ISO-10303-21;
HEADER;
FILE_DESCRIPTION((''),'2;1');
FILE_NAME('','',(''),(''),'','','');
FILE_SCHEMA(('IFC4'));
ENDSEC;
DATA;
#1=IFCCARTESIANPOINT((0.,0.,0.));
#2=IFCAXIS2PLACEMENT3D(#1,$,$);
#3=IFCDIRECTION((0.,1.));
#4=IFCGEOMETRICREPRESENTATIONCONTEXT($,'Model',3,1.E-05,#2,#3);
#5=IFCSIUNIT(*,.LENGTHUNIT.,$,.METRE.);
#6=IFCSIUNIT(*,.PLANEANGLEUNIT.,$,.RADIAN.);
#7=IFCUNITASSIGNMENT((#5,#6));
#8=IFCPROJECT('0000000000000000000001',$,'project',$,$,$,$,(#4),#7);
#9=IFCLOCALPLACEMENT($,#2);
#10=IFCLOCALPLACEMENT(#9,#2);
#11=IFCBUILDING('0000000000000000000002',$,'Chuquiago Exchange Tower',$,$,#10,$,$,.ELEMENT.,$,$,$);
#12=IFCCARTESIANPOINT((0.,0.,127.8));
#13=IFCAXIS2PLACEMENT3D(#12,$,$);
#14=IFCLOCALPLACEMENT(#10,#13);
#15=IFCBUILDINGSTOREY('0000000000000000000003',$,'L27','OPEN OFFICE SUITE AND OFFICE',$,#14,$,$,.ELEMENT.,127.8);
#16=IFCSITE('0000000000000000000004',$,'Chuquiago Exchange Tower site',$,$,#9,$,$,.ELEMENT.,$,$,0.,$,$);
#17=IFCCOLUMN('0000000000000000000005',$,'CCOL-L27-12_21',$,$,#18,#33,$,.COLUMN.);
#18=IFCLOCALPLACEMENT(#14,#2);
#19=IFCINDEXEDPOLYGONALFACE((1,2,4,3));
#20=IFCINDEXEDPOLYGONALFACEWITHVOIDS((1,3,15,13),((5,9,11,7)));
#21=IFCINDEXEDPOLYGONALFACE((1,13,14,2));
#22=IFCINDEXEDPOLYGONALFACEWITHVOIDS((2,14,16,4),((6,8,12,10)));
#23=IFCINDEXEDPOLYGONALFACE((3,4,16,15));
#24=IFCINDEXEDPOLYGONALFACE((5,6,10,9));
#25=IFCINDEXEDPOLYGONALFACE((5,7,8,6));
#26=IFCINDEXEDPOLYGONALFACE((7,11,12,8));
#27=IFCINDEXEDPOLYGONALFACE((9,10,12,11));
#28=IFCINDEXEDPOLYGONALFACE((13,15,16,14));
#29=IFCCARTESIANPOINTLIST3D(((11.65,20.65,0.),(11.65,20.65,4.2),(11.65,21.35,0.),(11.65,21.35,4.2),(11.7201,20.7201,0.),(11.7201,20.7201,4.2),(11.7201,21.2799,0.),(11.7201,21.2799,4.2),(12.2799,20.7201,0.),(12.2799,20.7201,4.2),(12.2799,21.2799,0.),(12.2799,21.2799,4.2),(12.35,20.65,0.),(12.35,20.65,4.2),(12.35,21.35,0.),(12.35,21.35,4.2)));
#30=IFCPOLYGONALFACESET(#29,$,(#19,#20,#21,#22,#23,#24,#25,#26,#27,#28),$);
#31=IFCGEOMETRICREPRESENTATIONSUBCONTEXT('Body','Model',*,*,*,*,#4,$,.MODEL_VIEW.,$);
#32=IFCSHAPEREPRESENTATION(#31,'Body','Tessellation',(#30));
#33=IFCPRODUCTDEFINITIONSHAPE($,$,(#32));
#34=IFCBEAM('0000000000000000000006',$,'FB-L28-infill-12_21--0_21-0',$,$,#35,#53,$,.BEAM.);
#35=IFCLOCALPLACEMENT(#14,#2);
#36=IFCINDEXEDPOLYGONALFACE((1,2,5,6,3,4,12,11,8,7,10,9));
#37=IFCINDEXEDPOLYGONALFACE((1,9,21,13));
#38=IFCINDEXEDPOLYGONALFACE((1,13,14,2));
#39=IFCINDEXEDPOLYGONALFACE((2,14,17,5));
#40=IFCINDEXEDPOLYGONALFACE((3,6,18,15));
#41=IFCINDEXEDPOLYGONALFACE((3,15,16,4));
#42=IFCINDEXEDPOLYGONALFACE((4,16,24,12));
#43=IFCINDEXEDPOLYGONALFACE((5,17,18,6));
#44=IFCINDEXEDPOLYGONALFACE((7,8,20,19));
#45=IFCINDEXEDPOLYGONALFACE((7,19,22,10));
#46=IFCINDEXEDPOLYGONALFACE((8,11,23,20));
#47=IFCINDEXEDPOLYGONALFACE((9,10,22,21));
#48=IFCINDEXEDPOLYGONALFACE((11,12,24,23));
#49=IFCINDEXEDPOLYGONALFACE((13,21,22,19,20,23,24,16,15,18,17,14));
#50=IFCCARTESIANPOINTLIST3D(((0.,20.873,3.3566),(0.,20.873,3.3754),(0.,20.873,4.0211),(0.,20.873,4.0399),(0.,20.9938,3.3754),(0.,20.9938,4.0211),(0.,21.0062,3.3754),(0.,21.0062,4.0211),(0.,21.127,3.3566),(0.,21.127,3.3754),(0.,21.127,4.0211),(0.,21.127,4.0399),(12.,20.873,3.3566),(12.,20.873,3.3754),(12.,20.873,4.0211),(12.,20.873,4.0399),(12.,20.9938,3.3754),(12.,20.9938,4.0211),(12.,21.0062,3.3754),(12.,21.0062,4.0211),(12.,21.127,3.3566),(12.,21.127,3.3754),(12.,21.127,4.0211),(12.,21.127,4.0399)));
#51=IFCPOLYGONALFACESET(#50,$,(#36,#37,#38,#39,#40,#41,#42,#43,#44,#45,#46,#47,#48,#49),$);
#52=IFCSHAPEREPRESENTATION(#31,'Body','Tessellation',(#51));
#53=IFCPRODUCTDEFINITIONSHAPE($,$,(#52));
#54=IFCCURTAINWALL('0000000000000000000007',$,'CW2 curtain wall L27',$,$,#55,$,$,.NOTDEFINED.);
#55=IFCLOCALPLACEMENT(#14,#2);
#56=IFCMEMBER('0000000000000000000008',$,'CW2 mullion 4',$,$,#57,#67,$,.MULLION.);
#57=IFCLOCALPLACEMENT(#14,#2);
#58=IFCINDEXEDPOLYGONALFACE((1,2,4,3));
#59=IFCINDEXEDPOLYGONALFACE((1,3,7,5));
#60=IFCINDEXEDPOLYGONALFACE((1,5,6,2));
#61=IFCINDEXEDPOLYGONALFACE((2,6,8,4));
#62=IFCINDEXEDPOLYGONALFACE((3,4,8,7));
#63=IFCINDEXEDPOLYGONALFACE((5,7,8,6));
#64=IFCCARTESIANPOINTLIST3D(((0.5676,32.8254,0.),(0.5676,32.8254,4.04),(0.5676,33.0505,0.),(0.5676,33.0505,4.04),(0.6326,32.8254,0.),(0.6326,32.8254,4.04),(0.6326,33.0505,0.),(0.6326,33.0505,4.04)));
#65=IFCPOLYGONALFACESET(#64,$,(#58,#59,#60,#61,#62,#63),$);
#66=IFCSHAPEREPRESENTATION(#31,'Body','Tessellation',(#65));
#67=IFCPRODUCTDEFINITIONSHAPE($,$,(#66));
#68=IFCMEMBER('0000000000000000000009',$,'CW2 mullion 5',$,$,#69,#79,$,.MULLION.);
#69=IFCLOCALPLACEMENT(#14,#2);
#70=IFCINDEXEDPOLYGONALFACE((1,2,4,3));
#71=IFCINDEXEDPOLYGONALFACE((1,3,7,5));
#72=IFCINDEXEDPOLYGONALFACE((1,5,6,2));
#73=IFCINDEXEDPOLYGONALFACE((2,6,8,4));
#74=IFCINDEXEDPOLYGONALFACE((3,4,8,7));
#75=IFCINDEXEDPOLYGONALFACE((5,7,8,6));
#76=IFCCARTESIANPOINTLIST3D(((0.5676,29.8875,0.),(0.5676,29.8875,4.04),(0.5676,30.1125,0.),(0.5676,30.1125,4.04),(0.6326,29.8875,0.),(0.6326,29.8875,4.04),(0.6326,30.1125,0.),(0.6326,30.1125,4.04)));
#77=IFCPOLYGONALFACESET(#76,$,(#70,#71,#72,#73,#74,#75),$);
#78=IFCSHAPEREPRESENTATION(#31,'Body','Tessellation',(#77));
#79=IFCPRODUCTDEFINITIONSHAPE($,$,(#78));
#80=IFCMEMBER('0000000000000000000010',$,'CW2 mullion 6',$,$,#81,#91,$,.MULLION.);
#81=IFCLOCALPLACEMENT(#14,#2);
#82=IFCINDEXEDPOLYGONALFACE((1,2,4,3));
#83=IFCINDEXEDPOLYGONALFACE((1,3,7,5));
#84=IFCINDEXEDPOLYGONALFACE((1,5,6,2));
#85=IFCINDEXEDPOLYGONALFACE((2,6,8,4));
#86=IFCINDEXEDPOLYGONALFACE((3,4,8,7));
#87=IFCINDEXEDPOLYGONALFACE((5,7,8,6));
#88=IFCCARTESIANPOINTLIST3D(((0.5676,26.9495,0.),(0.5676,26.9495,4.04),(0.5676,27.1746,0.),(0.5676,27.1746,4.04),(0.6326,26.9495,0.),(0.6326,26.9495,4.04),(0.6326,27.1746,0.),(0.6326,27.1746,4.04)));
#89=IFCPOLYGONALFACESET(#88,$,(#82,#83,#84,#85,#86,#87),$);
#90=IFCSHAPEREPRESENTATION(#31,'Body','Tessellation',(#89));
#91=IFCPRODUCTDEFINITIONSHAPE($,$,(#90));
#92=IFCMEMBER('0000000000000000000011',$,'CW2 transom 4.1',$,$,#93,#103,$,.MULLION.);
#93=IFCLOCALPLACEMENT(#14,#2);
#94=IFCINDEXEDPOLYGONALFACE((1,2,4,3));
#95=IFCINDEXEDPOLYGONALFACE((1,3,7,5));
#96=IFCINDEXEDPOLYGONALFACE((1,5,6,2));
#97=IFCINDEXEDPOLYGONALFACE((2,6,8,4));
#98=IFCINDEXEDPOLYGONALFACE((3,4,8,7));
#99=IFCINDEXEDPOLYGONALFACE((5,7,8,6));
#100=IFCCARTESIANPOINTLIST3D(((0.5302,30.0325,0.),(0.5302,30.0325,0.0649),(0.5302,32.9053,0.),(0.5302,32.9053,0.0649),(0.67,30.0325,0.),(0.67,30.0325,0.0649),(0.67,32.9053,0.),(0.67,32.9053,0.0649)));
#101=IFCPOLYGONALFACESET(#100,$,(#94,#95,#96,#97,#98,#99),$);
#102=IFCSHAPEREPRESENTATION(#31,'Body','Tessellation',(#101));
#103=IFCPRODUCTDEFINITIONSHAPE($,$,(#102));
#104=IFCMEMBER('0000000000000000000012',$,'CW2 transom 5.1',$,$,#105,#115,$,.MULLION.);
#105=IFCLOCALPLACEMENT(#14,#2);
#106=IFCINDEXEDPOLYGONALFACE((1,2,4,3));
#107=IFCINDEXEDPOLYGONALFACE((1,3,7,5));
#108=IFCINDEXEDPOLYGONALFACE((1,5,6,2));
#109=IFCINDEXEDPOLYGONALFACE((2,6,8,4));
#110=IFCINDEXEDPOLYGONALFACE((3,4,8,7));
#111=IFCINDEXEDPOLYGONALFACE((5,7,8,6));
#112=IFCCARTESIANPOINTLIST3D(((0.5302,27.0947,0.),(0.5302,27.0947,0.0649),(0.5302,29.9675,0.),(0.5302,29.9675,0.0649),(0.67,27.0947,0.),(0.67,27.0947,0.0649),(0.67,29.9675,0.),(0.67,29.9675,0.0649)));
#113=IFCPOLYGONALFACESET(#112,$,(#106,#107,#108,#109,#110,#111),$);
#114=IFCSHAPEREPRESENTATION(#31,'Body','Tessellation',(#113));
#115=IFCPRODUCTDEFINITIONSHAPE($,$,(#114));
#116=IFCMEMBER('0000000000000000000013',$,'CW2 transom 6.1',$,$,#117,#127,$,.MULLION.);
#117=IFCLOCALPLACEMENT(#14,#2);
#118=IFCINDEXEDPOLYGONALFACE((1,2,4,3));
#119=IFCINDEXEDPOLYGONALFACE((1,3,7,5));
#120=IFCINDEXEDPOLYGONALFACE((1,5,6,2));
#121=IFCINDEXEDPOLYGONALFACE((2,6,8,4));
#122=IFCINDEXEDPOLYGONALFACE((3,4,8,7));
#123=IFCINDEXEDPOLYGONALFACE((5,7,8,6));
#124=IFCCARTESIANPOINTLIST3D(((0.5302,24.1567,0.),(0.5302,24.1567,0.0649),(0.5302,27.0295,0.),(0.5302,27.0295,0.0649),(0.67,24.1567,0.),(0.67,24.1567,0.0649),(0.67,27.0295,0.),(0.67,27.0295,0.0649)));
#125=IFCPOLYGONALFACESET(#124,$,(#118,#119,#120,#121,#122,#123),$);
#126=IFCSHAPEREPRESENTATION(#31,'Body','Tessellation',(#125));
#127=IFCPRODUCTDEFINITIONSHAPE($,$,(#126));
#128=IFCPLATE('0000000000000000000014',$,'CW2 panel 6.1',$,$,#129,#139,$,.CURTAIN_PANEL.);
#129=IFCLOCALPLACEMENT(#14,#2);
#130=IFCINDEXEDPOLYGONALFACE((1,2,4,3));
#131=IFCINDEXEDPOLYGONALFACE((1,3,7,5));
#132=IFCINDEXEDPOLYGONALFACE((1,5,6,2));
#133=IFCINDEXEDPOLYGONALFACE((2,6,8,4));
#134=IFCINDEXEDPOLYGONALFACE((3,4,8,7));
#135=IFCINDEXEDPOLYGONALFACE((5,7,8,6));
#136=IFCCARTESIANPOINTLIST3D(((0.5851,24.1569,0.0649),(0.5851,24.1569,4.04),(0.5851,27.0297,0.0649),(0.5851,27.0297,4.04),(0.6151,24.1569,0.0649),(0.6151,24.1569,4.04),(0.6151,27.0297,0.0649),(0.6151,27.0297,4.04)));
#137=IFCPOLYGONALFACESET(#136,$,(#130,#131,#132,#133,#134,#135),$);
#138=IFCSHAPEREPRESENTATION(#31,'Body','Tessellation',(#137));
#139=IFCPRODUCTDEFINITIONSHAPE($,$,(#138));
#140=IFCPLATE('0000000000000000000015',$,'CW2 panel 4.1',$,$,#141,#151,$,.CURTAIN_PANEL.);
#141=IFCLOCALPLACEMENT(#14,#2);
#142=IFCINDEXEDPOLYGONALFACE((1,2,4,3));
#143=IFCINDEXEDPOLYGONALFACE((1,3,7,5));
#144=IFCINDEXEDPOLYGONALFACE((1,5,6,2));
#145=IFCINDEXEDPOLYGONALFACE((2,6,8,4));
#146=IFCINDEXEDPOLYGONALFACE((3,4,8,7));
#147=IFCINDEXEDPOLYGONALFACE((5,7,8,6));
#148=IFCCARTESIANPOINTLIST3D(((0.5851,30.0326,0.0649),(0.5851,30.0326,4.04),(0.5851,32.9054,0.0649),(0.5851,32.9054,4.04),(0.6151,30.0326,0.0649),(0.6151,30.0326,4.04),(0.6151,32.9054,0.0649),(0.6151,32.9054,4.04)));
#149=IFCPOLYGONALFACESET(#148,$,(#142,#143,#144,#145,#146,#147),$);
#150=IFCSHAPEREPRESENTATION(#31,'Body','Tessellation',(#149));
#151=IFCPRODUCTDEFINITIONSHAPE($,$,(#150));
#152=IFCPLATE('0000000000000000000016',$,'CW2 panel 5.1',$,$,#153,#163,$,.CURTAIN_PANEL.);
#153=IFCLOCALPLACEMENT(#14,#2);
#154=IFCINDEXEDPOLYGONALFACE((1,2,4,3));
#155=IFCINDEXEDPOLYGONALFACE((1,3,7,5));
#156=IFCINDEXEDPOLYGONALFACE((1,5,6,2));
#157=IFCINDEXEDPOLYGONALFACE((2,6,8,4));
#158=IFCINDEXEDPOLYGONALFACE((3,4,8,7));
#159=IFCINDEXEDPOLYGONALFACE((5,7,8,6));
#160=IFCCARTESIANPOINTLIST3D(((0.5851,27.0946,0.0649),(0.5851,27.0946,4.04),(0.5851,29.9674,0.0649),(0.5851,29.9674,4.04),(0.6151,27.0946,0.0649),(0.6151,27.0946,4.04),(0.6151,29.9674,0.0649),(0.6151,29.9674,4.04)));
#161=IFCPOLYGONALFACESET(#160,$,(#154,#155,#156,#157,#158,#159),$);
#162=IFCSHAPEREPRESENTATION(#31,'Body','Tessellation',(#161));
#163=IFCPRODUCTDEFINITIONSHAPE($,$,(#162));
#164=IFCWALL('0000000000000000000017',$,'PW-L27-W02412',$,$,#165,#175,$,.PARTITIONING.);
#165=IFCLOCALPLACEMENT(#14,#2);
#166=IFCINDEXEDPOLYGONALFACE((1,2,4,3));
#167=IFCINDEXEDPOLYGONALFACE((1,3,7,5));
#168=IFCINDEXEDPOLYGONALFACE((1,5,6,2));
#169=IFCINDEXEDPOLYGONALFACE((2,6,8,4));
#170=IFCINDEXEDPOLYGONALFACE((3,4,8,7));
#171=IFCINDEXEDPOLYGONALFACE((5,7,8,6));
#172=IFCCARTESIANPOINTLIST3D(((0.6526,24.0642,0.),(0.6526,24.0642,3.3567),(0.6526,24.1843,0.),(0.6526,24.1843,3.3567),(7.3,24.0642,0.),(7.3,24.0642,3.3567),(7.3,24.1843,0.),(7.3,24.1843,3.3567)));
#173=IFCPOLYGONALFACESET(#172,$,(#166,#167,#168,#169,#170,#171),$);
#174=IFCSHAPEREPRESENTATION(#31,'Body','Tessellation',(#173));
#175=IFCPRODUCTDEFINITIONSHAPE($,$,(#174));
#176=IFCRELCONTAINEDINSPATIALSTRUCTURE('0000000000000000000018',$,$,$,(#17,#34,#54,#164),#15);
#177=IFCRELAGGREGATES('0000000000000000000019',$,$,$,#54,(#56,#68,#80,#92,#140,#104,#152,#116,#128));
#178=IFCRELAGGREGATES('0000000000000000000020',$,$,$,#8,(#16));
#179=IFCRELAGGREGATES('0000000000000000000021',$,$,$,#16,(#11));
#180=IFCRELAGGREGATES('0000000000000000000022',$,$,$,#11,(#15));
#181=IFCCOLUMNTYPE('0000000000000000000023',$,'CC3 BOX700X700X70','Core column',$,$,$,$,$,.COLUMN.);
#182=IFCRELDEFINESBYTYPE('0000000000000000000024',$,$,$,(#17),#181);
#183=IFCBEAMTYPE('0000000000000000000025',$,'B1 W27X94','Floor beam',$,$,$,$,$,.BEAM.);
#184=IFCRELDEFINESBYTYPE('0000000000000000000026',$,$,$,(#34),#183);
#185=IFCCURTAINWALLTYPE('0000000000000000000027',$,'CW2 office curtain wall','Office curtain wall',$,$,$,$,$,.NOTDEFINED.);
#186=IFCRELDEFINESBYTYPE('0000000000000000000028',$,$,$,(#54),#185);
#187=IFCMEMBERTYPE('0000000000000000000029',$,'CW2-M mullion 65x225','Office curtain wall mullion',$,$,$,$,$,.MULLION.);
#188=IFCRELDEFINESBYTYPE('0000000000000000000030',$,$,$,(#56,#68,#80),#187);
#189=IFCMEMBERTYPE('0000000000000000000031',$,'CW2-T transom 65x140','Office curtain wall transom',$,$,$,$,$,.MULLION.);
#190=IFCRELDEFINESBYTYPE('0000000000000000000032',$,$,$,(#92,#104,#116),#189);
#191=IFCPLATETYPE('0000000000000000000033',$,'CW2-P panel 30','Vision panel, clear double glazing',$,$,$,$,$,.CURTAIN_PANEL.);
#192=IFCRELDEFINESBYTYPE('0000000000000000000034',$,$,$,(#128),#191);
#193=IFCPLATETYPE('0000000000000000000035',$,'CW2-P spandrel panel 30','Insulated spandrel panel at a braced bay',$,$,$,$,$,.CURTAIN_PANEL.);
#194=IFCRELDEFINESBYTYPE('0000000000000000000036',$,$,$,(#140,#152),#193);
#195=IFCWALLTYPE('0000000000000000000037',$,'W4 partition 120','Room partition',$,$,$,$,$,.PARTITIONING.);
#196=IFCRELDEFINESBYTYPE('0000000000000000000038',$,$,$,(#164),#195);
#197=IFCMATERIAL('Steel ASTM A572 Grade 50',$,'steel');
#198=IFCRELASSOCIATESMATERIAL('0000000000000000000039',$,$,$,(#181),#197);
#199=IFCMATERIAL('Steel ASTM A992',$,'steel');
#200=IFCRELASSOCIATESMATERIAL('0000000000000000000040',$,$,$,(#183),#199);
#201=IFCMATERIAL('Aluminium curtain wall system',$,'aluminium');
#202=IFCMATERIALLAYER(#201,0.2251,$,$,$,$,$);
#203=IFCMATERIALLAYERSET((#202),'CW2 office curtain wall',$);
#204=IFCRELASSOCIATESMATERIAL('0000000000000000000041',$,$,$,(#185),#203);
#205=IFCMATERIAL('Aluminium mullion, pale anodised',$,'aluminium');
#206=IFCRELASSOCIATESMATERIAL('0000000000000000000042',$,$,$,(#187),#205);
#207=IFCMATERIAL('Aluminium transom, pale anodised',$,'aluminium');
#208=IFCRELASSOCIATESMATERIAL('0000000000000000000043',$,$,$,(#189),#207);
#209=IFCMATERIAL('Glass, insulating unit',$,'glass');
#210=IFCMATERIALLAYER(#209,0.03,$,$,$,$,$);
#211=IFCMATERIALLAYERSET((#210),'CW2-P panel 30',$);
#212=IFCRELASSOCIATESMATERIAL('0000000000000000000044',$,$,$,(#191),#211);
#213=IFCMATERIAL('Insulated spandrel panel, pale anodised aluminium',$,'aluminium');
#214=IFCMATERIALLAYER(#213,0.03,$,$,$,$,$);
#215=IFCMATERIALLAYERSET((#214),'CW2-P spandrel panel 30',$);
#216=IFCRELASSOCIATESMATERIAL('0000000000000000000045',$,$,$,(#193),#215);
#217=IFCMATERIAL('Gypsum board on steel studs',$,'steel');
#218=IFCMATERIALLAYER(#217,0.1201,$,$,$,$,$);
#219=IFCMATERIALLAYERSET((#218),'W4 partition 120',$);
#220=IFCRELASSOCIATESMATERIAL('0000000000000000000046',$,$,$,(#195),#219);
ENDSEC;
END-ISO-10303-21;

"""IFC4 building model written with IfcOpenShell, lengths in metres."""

from ifc_helpers import new_model, si_unit, direction, frame, frame_2d, origin, origin_2d, place, context, subcontext, project, spatial, rectangle, hollow_rectangle, i_section, extrude, material, layer, layer_set, material_profile, profile_set, type_object, element, aggregate, save


model = new_model("IFC4")

# Units and contexts
model_context = context("Model", 3, precision=1e-05, world=origin(), true_north=direction((0.0, 1.0)))
body_context = subcontext(model_context, "Body", "Model", "MODEL_VIEW")
ifc_project = project(units=[si_unit("LENGTHUNIT", "METRE"), si_unit("PLANEANGLEUNIT", "RADIAN")], contexts=[model_context])

# Site, building, storey
site_placement = place(None, origin())
site = spatial("IfcSite", under=ifc_project, at=site_placement, Name="Chuquiago Exchange Tower site", CompositionType="ELEMENT", RefElevation=0.0)
building_placement = place(site_placement, origin())
building = spatial("IfcBuilding", under=site, at=building_placement, Name="Chuquiago Exchange Tower", CompositionType="ELEMENT")
storey_placement = place(building_placement, frame((0.0, 0.0, 127.8)))
storey = spatial("IfcBuildingStorey", under=building, at=storey_placement, Name="L27", Description="OPEN OFFICE SUITE AND OFFICE", CompositionType="ELEMENT", Elevation=127.8)

# Column
ifc_material_1 = material(Name="Steel ASTM A572 Grade 50", Category="steel")
ifc_material_profile_1 = material_profile(ifc_material_1, hollow_rectangle(XDim=0.7, YDim=0.7, WallThickness=0.0701, at=origin_2d()), Name="BOX700X700X70")
ifc_profile_set_1 = profile_set([ifc_material_profile_1], Name="Steel ASTM A572 Grade 50")
column_type = type_object("IfcColumnType", Name="CC3 BOX700X700X70", Description="Core column", PredefinedType="COLUMN", material=ifc_profile_set_1)
column_placement = place(storey_placement, frame((12.0, 21.0, 0.0), z_axis=(0.0, 0.0, 1.0), x_axis=(1.0, 0.0, 0.0)))
element("IfcColumn", 1, at=column_placement, inside=storey, type_object=column_type, Name="CCOL-L27-12_21", PredefinedType="COLUMN", context=body_context, shape_type="SweptSolid", body=[
    extrude(hollow_rectangle(XDim=0.7, YDim=0.7, WallThickness=0.0701, at=origin_2d()), origin(), (0.0, 0.0, 1.0), 4.2),
])

# Beam
ifc_material_2 = material(Name="Steel ASTM A992", Category="steel")
ifc_material_profile_2 = material_profile(ifc_material_2, i_section(OverallWidth=0.2539, OverallDepth=0.6833, WebThickness=0.0125, FlangeThickness=0.0188, at=origin_2d()), Name="W27X94")
ifc_profile_set_2 = profile_set([ifc_material_profile_2], Name="Steel ASTM A992")
beam_type = type_object("IfcBeamType", Name="B1 W27X94", Description="Floor beam", PredefinedType="BEAM", material=ifc_profile_set_2)
beam_placement = place(storey_placement, frame((12.0, 21.0, 3.6982), z_axis=(-1.0, 0.0, 0.0), x_axis=(0.0, -1.0, 0.0)))
element("IfcBeam", 2, at=beam_placement, inside=storey, type_object=beam_type, Name="FB-L28-infill-12_21--0_21-0", PredefinedType="BEAM", context=body_context, shape_type="SweptSolid", body=[
    extrude(i_section(OverallWidth=0.2539, OverallDepth=0.6833, WebThickness=0.0125, FlangeThickness=0.0188, at=origin_2d()), origin(), (0.0, 0.0, 1.0), 12.0),
])

# Curtain wall, members, plates
ifc_material_3 = material(Name="Aluminium curtain wall system", Category="aluminium")
ifc_layer_1 = layer(ifc_material_3, 0.2251)
ifc_layer_set_1 = layer_set([ifc_layer_1], Name="CW2 office curtain wall")
curtain_wall_type = type_object("IfcCurtainWallType", Name="CW2 office curtain wall", Description="Office curtain wall", PredefinedType="NOTDEFINED", material=ifc_layer_set_1)
curtain_wall_placement = place(storey_placement, origin())
curtain_wall = element("IfcCurtainWall", 3, at=curtain_wall_placement, inside=storey, type_object=curtain_wall_type, Name="CW2 curtain wall L27", PredefinedType="NOTDEFINED")
ifc_material_4 = material(Name="Aluminium mullion, pale anodised", Category="aluminium")
ifc_material_profile_3 = material_profile(ifc_material_4, rectangle(XDim=0.0649, YDim=0.2251, at=origin_2d()), Name="AL 65x225")
ifc_profile_set_3 = profile_set([ifc_material_profile_3], Name="Aluminium mullion, pale anodised")
member_type_1 = type_object("IfcMemberType", Name="CW2-M mullion 65x225", Description="Office curtain wall mullion", PredefinedType="MULLION", material=ifc_profile_set_3)
member_1_placement = place(storey_placement, frame((0.6001, 32.938, 0.0), z_axis=(0.0, 0.0, 1.0), x_axis=(1.0, 0.0, 0.0)))
member_1 = element("IfcMember", 4, at=member_1_placement, type_object=member_type_1, Name="CW2 mullion 4", PredefinedType="MULLION", context=body_context, shape_type="SweptSolid", body=[
    extrude(rectangle(XDim=0.0649, YDim=0.2251, at=origin_2d()), origin(), (0.0, 0.0, 1.0), 4.04),
])
member_2_placement = place(storey_placement, frame((0.6001, 30.0, 0.0), z_axis=(0.0, 0.0, 1.0), x_axis=(1.0, 0.0, 0.0)))
member_2 = element("IfcMember", 5, at=member_2_placement, type_object=member_type_1, Name="CW2 mullion 5", PredefinedType="MULLION", context=body_context, shape_type="SweptSolid", body=[
    extrude(rectangle(XDim=0.0649, YDim=0.2251, at=origin_2d()), origin(), (0.0, 0.0, 1.0), 4.04),
])
member_3_placement = place(storey_placement, frame((0.6001, 27.062, 0.0), z_axis=(0.0, 0.0, 1.0), x_axis=(1.0, 0.0, 0.0)))
member_3 = element("IfcMember", 6, at=member_3_placement, type_object=member_type_1, Name="CW2 mullion 6", PredefinedType="MULLION", context=body_context, shape_type="SweptSolid", body=[
    extrude(rectangle(XDim=0.0649, YDim=0.2251, at=origin_2d()), origin(), (0.0, 0.0, 1.0), 4.04),
])
ifc_material_5 = material(Name="Aluminium transom, pale anodised", Category="aluminium")
ifc_material_profile_4 = material_profile(ifc_material_5, rectangle(XDim=0.1399, YDim=0.0649, at=origin_2d()), Name="AL 140x65")
ifc_profile_set_4 = profile_set([ifc_material_profile_4], Name="Aluminium transom, pale anodised")
member_type_2 = type_object("IfcMemberType", Name="CW2-T transom 65x140", Description="Office curtain wall transom", PredefinedType="MULLION", material=ifc_profile_set_4)
member_4_placement = place(storey_placement, frame((0.6001, 32.9053, 0.0325), z_axis=(0.0, -1.0, 0.0), x_axis=(1.0, 0.0, 0.0)))
member_4 = element("IfcMember", 7, at=member_4_placement, type_object=member_type_2, Name="CW2 transom 4.1", PredefinedType="MULLION", context=body_context, shape_type="SweptSolid", body=[
    extrude(rectangle(XDim=0.1399, YDim=0.0649, at=origin_2d()), origin(), (0.0, 0.0, 1.0), 2.8728),
])
member_5_placement = place(storey_placement, frame((0.6001, 29.9675, 0.0325), z_axis=(0.0, -1.0, 0.0), x_axis=(1.0, 0.0, 0.0)))
member_5 = element("IfcMember", 8, at=member_5_placement, type_object=member_type_2, Name="CW2 transom 5.1", PredefinedType="MULLION", context=body_context, shape_type="SweptSolid", body=[
    extrude(rectangle(XDim=0.1399, YDim=0.0649, at=origin_2d()), origin(), (0.0, 0.0, 1.0), 2.8728),
])
member_6_placement = place(storey_placement, frame((0.6001, 27.0295, 0.0325), z_axis=(0.0, -1.0, 0.0), x_axis=(1.0, 0.0, 0.0)))
member_6 = element("IfcMember", 9, at=member_6_placement, type_object=member_type_2, Name="CW2 transom 6.1", PredefinedType="MULLION", context=body_context, shape_type="SweptSolid", body=[
    extrude(rectangle(XDim=0.1399, YDim=0.0649, at=origin_2d()), origin(), (0.0, 0.0, 1.0), 2.8728),
])
ifc_material_6 = material(Name="Glass, insulating unit", Category="glass")
ifc_layer_2 = layer(ifc_material_6, 0.03)
ifc_layer_set_2 = layer_set([ifc_layer_2], Name="CW2-P panel 30")
plate_type_1 = type_object("IfcPlateType", Name="CW2-P panel 30", Description="Vision panel, clear double glazing", PredefinedType="CURTAIN_PANEL", material=ifc_layer_set_2)
plate_1_placement = place(storey_placement, frame((0.6001, 25.5933, 0.0649), z_axis=(0.0, 0.0, 1.0), x_axis=(0.0, -1.0, 0.0)))
plate_1 = element("IfcPlate", 10, at=plate_1_placement, type_object=plate_type_1, Name="CW2 panel 6.1", PredefinedType="CURTAIN_PANEL", context=body_context, shape_type="SweptSolid", body=[
    extrude(rectangle(XDim=2.8728, YDim=0.03, at=origin_2d()), origin(), (0.0, 0.0, 1.0), 3.9751),
])
ifc_material_7 = material(Name="Insulated spandrel panel, pale anodised aluminium", Category="aluminium")
ifc_layer_3 = layer(ifc_material_7, 0.03)
ifc_layer_set_3 = layer_set([ifc_layer_3], Name="CW2-P spandrel panel 30")
plate_type_2 = type_object("IfcPlateType", Name="CW2-P spandrel panel 30", Description="Insulated spandrel panel at a braced bay", PredefinedType="CURTAIN_PANEL", material=ifc_layer_set_3)
plate_2_placement = place(storey_placement, frame((0.6001, 31.469, 0.0649), z_axis=(0.0, 0.0, 1.0), x_axis=(0.0, -1.0, 0.0)))
plate_2 = element("IfcPlate", 11, at=plate_2_placement, type_object=plate_type_2, Name="CW2 panel 4.1", PredefinedType="CURTAIN_PANEL", context=body_context, shape_type="SweptSolid", body=[
    extrude(rectangle(XDim=2.8728, YDim=0.03, at=origin_2d()), origin(), (0.0, 0.0, 1.0), 3.9751),
])
plate_3_placement = place(storey_placement, frame((0.6001, 28.531, 0.0649), z_axis=(0.0, 0.0, 1.0), x_axis=(0.0, -1.0, 0.0)))
plate_3 = element("IfcPlate", 12, at=plate_3_placement, type_object=plate_type_2, Name="CW2 panel 5.1", PredefinedType="CURTAIN_PANEL", context=body_context, shape_type="SweptSolid", body=[
    extrude(rectangle(XDim=2.8728, YDim=0.03, at=origin_2d()), origin(), (0.0, 0.0, 1.0), 3.9751),
])
aggregate(curtain_wall, [member_1, member_2, member_3, member_4, plate_2, member_5, plate_3, member_6, plate_1])

# Wall
ifc_material_8 = material(Name="Gypsum board on steel studs", Category="steel")
ifc_layer_4 = layer(ifc_material_8, 0.1201)
ifc_layer_set_4 = layer_set([ifc_layer_4], Name="W4 partition 120")
wall_type = type_object("IfcWallType", Name="W4 partition 120", Description="Room partition", PredefinedType="PARTITIONING", material=ifc_layer_set_4)
wall_1_placement = place(storey_placement, frame((0.6526, 24.1243, 0.0), z_axis=(0.0, 0.0, 1.0), x_axis=(1.0, 0.0, 0.0)))
element("IfcWall", 13, at=wall_1_placement, inside=storey, type_object=wall_type, Name="PW-L27-W02412", PredefinedType="PARTITIONING", context=body_context, shape_type="SweptSolid", body=[
    extrude(rectangle(XDim=6.6475, YDim=0.1201, at=frame_2d((3.3237, 0.0))), origin(), (0.0, 0.0, 1.0), 3.3567),
])

save(model, "model.ifc")
